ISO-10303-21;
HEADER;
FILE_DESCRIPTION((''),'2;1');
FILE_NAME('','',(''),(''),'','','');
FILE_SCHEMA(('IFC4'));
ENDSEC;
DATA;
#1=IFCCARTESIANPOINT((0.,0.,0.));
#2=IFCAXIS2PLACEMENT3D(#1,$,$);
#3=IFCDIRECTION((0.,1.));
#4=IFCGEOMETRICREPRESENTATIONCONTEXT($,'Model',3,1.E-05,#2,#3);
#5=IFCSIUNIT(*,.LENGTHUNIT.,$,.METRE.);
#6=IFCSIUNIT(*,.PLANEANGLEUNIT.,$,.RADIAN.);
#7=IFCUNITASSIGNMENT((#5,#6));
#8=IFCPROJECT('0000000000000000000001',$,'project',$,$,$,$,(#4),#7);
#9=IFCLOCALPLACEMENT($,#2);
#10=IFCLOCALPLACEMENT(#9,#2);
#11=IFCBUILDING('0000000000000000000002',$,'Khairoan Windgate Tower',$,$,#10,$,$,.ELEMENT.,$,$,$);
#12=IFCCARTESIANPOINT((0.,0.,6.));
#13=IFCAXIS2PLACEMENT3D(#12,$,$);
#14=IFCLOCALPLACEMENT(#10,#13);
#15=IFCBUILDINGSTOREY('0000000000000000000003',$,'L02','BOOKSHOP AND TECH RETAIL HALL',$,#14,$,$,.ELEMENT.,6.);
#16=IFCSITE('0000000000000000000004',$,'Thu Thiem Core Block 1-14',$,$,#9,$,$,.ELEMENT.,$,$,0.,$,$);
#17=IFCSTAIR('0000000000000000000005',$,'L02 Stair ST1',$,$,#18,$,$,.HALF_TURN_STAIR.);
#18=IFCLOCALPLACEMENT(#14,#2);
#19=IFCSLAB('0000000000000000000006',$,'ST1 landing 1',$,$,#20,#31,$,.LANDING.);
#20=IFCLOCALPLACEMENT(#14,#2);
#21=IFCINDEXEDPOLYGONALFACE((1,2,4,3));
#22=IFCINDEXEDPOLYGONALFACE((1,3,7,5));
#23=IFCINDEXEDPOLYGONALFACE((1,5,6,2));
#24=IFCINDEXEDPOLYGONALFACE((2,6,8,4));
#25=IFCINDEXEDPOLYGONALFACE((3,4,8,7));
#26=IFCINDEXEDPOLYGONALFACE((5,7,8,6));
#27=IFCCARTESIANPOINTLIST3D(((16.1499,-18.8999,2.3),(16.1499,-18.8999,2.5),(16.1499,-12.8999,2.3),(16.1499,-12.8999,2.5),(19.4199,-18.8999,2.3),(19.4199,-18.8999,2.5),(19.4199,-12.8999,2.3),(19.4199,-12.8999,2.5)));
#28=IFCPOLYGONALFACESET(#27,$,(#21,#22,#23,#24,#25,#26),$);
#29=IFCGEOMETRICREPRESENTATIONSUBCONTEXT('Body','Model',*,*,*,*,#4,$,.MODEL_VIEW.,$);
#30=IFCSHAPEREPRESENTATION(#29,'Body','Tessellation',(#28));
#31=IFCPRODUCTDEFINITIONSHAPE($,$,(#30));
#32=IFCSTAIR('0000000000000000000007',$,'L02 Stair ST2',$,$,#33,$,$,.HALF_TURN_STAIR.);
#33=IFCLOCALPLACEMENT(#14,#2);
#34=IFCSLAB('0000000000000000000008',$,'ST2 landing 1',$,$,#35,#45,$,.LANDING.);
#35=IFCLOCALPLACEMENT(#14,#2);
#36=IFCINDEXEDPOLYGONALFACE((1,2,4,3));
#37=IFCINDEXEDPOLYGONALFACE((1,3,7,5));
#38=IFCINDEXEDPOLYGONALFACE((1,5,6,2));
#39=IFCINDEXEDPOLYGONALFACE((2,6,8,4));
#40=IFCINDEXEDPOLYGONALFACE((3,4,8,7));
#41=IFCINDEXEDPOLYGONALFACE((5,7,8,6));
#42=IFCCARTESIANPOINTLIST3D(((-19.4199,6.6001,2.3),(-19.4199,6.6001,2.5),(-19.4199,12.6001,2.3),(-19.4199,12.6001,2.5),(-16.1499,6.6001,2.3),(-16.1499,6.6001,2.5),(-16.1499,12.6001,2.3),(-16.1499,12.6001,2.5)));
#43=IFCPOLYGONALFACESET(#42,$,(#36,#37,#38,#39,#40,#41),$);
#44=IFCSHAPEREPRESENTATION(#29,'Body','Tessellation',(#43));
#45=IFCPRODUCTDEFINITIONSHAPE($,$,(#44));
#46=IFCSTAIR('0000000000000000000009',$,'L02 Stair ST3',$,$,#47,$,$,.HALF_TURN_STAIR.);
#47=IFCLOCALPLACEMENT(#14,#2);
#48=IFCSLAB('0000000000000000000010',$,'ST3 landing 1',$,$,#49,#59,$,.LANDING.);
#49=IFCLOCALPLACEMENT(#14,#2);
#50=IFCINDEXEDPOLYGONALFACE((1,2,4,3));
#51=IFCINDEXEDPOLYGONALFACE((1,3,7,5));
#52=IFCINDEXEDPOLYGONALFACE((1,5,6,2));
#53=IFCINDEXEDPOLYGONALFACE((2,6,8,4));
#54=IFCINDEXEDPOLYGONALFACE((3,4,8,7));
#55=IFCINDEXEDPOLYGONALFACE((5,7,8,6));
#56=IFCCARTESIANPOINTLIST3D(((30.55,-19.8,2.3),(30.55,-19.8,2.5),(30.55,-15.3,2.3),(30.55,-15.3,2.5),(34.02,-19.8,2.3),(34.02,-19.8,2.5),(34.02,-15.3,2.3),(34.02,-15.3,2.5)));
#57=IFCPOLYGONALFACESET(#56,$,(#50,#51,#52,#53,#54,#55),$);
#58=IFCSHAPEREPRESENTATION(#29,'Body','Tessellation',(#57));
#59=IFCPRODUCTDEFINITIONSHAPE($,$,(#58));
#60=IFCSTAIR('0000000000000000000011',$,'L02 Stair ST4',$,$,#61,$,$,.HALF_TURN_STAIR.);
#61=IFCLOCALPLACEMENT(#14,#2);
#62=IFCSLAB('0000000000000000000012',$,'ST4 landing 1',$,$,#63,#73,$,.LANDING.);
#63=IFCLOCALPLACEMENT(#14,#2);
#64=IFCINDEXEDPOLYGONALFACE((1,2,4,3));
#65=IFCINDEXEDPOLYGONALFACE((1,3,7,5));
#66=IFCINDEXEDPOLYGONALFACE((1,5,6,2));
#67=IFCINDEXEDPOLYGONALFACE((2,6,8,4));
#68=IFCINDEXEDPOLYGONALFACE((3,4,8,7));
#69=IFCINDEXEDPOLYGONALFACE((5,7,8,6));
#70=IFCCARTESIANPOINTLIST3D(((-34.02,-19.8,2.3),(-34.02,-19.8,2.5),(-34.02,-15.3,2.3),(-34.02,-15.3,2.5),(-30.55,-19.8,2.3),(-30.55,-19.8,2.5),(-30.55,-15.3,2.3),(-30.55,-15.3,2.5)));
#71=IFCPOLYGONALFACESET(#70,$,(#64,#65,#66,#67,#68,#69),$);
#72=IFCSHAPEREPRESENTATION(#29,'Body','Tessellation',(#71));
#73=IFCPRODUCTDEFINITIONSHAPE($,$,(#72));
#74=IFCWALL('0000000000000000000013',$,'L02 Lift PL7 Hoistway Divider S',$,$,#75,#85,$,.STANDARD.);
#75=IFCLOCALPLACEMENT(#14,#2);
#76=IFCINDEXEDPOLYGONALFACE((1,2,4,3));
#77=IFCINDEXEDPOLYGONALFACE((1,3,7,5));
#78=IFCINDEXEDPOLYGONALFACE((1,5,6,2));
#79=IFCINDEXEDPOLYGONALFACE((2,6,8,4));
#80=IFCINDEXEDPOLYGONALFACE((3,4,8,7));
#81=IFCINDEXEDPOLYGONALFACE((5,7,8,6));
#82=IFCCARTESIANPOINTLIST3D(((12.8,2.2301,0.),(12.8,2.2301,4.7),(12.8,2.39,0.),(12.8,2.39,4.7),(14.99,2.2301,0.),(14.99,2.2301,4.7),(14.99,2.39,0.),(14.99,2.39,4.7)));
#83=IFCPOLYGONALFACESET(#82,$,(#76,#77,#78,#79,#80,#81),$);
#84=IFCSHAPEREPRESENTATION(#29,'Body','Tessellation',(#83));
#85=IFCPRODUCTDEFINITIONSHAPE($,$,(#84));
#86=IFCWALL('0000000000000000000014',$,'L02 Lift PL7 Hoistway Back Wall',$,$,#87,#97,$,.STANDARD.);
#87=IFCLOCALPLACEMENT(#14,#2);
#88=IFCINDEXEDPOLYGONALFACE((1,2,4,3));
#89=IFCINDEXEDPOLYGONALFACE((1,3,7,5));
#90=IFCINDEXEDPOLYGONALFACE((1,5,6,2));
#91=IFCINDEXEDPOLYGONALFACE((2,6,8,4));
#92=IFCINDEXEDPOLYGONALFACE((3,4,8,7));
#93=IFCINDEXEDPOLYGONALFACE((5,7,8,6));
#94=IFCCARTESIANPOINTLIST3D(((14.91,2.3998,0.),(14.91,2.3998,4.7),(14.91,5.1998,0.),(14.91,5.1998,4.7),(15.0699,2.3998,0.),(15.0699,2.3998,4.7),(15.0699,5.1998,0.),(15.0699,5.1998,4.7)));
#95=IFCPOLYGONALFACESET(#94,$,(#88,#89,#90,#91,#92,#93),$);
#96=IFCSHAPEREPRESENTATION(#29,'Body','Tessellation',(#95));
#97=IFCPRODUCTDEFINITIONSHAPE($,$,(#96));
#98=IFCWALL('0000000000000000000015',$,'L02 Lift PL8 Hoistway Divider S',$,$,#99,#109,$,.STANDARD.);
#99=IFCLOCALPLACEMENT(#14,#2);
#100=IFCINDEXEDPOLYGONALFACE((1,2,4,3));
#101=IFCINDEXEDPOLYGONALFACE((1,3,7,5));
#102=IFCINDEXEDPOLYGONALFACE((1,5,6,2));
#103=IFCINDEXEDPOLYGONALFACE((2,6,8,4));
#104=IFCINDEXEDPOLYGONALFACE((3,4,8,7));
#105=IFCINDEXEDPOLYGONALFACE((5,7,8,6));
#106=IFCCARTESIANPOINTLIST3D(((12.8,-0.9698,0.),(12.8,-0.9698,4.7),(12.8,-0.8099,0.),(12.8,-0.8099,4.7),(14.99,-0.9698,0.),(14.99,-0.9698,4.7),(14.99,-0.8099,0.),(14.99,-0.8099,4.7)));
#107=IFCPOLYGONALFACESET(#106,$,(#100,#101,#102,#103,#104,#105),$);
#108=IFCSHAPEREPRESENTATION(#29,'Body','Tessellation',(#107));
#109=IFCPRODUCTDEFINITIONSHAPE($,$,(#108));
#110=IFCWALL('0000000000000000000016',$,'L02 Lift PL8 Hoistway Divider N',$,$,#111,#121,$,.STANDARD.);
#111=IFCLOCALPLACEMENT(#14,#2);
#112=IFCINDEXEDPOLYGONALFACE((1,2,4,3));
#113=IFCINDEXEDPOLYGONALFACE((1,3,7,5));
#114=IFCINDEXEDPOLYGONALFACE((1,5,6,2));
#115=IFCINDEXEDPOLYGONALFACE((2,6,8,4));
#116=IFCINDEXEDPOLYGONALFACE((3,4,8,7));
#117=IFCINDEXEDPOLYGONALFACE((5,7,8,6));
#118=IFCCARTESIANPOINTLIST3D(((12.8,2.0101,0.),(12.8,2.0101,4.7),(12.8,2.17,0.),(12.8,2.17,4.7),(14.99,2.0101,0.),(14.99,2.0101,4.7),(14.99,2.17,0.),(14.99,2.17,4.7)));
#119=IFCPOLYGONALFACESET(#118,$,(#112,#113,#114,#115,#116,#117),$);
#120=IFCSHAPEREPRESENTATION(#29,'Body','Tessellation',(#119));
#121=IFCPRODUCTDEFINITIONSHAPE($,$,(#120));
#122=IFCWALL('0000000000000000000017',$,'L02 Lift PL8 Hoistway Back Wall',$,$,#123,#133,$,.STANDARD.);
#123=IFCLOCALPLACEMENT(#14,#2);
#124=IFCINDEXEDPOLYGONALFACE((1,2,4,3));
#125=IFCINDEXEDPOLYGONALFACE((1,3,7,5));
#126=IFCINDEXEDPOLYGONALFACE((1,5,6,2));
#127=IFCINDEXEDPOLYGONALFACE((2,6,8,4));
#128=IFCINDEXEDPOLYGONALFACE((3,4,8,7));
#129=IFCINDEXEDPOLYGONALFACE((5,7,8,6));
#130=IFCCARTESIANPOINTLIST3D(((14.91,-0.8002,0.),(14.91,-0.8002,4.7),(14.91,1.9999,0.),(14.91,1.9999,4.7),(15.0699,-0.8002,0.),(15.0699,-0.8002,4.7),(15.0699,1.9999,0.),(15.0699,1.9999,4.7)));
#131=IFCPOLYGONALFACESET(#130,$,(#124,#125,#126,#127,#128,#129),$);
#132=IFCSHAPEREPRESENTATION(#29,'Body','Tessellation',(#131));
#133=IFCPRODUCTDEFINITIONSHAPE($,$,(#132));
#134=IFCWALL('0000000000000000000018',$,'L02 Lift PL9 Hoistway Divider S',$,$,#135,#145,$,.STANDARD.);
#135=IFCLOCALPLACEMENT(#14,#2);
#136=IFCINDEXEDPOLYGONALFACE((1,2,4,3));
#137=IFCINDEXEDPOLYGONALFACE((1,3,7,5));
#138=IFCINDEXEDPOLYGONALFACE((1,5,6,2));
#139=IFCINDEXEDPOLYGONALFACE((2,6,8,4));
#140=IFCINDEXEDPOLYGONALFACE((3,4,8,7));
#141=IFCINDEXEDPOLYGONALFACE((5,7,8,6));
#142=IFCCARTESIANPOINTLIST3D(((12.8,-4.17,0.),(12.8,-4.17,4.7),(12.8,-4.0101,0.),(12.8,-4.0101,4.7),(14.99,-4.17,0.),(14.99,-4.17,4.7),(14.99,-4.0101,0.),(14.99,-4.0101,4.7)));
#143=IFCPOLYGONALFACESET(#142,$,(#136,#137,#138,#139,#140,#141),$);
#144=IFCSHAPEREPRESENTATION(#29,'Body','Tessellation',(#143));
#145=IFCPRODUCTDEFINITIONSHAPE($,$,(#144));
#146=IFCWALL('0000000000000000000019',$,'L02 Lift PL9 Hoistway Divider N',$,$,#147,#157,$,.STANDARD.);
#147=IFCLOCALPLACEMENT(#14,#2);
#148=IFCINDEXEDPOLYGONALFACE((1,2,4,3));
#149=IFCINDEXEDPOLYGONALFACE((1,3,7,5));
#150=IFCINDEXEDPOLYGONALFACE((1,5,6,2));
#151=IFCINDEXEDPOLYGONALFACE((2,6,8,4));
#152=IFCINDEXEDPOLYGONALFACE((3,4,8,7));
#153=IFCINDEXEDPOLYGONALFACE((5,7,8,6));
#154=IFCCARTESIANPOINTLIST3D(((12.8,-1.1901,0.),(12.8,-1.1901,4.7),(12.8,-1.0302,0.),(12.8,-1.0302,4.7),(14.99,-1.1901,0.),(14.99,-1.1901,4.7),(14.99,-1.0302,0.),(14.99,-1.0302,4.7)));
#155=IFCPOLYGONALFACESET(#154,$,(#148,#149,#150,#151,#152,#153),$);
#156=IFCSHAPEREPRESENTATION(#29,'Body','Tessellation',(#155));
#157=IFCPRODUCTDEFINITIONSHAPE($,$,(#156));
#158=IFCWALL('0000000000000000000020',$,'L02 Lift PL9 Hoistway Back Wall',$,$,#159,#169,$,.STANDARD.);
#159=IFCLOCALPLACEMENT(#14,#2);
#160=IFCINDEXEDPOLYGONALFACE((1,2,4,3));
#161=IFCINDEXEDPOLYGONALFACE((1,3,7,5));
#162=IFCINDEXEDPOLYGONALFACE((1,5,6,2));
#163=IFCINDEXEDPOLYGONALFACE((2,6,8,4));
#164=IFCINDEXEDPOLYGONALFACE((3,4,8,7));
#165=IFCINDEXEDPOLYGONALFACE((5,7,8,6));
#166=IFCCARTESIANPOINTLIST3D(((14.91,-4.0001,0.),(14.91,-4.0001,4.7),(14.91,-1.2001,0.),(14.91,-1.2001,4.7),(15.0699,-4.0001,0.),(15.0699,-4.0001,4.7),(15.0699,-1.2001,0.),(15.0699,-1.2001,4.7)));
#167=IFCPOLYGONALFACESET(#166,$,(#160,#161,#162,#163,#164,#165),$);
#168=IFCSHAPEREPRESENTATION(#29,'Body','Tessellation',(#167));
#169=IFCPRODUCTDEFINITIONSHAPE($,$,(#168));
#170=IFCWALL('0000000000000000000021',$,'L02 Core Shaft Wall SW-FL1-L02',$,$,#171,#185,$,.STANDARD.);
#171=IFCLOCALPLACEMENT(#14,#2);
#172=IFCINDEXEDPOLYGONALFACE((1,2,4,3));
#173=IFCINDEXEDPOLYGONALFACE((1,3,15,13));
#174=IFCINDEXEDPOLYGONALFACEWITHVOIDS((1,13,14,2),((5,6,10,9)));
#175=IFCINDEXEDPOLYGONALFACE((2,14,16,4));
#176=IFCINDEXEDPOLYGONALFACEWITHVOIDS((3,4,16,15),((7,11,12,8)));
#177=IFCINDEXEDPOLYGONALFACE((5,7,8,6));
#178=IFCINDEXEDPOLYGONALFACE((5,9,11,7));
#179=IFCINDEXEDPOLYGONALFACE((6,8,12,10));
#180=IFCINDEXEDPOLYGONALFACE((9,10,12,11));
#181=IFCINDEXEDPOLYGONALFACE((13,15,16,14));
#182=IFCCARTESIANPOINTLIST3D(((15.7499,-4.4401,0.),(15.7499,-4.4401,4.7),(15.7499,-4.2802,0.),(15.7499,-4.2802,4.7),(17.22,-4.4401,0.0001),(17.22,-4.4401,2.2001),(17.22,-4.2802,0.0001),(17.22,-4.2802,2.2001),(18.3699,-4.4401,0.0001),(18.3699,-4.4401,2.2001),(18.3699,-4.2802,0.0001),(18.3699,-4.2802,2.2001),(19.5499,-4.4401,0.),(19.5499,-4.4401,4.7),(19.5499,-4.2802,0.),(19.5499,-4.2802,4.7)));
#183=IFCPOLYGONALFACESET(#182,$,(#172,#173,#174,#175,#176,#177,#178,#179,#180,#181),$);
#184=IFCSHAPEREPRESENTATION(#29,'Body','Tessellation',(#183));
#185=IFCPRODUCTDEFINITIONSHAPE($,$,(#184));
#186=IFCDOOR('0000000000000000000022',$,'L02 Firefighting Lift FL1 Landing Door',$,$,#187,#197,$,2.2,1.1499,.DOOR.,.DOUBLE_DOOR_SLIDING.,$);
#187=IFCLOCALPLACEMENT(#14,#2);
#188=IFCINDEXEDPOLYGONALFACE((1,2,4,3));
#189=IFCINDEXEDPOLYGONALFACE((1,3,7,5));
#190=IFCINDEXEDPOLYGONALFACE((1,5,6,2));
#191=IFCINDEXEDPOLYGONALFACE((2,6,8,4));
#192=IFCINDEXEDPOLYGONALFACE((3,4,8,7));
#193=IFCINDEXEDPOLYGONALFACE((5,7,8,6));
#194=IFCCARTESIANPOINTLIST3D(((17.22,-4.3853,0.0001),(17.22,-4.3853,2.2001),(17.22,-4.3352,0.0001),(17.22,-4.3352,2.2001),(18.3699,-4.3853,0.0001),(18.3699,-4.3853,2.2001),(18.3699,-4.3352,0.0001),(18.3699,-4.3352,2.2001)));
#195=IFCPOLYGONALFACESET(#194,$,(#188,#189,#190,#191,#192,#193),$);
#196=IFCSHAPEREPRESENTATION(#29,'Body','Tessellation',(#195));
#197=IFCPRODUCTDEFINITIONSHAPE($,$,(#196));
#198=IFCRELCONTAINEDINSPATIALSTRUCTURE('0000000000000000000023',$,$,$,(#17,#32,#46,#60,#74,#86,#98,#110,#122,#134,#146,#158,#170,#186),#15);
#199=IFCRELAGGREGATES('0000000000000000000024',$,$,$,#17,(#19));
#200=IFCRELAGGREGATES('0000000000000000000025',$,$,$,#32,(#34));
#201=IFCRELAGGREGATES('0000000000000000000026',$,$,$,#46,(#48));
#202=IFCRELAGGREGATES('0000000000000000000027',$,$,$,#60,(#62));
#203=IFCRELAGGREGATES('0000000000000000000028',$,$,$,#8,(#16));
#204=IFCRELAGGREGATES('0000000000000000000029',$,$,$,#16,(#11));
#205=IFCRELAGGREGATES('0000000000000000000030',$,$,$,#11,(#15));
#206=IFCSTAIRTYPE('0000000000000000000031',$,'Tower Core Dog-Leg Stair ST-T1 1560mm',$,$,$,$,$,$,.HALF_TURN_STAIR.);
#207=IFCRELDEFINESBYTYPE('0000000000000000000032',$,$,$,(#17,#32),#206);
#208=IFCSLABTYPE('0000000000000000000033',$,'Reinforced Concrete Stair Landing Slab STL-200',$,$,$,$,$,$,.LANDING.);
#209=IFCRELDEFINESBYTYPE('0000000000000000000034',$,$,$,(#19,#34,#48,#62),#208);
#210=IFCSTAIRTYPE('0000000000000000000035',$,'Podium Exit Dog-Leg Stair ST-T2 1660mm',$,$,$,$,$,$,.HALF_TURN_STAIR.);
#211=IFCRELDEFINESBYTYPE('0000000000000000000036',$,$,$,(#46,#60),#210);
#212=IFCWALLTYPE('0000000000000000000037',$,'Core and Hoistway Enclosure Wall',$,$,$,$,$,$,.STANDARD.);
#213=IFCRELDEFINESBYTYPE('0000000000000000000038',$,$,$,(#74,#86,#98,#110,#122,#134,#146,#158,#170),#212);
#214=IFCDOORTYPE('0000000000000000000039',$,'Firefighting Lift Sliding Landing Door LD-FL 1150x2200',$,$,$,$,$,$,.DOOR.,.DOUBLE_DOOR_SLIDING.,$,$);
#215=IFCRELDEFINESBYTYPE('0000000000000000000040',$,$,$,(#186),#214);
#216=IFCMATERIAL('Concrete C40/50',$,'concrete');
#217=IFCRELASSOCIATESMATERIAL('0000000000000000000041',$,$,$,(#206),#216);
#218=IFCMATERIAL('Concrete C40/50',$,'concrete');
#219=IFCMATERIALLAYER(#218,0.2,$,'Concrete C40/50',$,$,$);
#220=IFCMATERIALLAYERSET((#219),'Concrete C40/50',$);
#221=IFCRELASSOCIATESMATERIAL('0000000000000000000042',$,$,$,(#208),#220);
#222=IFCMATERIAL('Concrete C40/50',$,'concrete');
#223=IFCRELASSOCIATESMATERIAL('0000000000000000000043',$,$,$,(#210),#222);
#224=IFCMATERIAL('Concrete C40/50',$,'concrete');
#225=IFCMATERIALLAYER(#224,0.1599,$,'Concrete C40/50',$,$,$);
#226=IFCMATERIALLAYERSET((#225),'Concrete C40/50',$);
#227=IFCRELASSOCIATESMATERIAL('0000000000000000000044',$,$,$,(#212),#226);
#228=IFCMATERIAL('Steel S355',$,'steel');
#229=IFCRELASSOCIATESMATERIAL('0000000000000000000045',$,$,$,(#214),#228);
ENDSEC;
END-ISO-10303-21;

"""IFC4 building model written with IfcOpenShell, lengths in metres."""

from ifc_helpers import new_model, si_unit, direction, frame, frame_2d, origin, place, context, subcontext, project, spatial, polyline, rectangle, outline, extrude, material, layer, layer_set, type_object, element, fill, aggregate, save


model = new_model("IFC4")

# Units and contexts
model_context = context("Model", 3, precision=1e-05, world=origin(), true_north=direction((0.0, 1.0)))
body_context = subcontext(model_context, "Body", "Model", "MODEL_VIEW")
ifc_project = project(units=[si_unit("LENGTHUNIT", "METRE"), si_unit("PLANEANGLEUNIT", "RADIAN")], contexts=[model_context])

# Site, building, storey
site_placement = place(None, origin())
site = spatial("IfcSite", under=ifc_project, at=site_placement, Name="Thu Thiem Core Block 1-14", CompositionType="ELEMENT", RefElevation=0.0)
building_placement = place(site_placement, origin())
building = spatial("IfcBuilding", under=site, at=building_placement, Name="Khairoan Windgate Tower", CompositionType="ELEMENT")
storey_placement = place(building_placement, frame((0.0, 0.0, 6.0)))
storey = spatial("IfcBuildingStorey", under=building, at=storey_placement, Name="L02", Description="BOOKSHOP AND TECH RETAIL HALL", CompositionType="ELEMENT", Elevation=6.0)

# Stairs, slabs
ifc_material_1 = material(Name="Concrete C40/50", Category="concrete")
stair_type_1 = type_object("IfcStairType", Name="Tower Core Dog-Leg Stair ST-T1 1560mm", PredefinedType="HALF_TURN_STAIR", material=ifc_material_1)
stair_1_placement = place(storey_placement, origin())
stair_1 = element("IfcStair", 1, at=stair_1_placement, inside=storey, type_object=stair_type_1, Name="L02 Stair ST1", PredefinedType="HALF_TURN_STAIR")
ifc_material_2 = material(Name="Concrete C40/50", Category="concrete")
ifc_layer_1 = layer(ifc_material_2, 0.2, Name="Concrete C40/50")
ifc_layer_set_1 = layer_set([ifc_layer_1], Name="Concrete C40/50")
slab_type_1 = type_object("IfcSlabType", Name="Reinforced Concrete Stair Landing Slab STL-200", PredefinedType="LANDING", material=ifc_layer_set_1)
slab_1_placement = place(storey_placement, frame((0.0, 0.0, 2.3)))
slab_1 = element("IfcSlab", 2, at=slab_1_placement, type_object=slab_type_1, Name="ST1 landing 1", PredefinedType="LANDING", context=body_context, shape_type="SweptSolid", body=[
    extrude(outline(polyline([(16.1499, -12.8999), (16.1499, -18.8999), (19.4199, -18.8999), (19.4199, -12.8999), (16.1499, -12.8999)])), origin(), (0.0, 0.0, 1.0), 0.2),
])
aggregate(stair_1, [slab_1])
stair_2_placement = place(storey_placement, origin())
stair_2 = element("IfcStair", 3, at=stair_2_placement, inside=storey, type_object=stair_type_1, Name="L02 Stair ST2", PredefinedType="HALF_TURN_STAIR")
slab_2_placement = place(storey_placement, frame((0.0, 0.0, 2.3)))
slab_2 = element("IfcSlab", 4, at=slab_2_placement, type_object=slab_type_1, Name="ST2 landing 1", PredefinedType="LANDING", context=body_context, shape_type="SweptSolid", body=[
    extrude(outline(polyline([(-16.1499, 6.6001), (-16.1499, 12.6001), (-19.4199, 12.6001), (-19.4199, 6.6001), (-16.1499, 6.6001)])), origin(), (0.0, 0.0, 1.0), 0.2),
])
aggregate(stair_2, [slab_2])
ifc_material_3 = material(Name="Concrete C40/50", Category="concrete")
stair_type_2 = type_object("IfcStairType", Name="Podium Exit Dog-Leg Stair ST-T2 1660mm", PredefinedType="HALF_TURN_STAIR", material=ifc_material_3)
stair_3_placement = place(storey_placement, origin())
stair_3 = element("IfcStair", 5, at=stair_3_placement, inside=storey, type_object=stair_type_2, Name="L02 Stair ST3", PredefinedType="HALF_TURN_STAIR")
slab_3_placement = place(storey_placement, frame((0.0, 0.0, 2.3)))
slab_3 = element("IfcSlab", 6, at=slab_3_placement, type_object=slab_type_1, Name="ST3 landing 1", PredefinedType="LANDING", context=body_context, shape_type="SweptSolid", body=[
    extrude(outline(polyline([(30.55, -15.3), (30.55, -19.8), (34.02, -19.8), (34.02, -15.3), (30.55, -15.3)])), origin(), (0.0, 0.0, 1.0), 0.2),
])
aggregate(stair_3, [slab_3])
stair_4_placement = place(storey_placement, origin())
stair_4 = element("IfcStair", 7, at=stair_4_placement, inside=storey, type_object=stair_type_2, Name="L02 Stair ST4", PredefinedType="HALF_TURN_STAIR")
slab_4_placement = place(storey_placement, frame((0.0, 0.0, 2.3)))
slab_4 = element("IfcSlab", 8, at=slab_4_placement, type_object=slab_type_1, Name="ST4 landing 1", PredefinedType="LANDING", context=body_context, shape_type="SweptSolid", body=[
    extrude(outline(polyline([(-34.02, -15.3), (-34.02, -19.8), (-30.55, -19.8), (-30.55, -15.3), (-34.02, -15.3)])), origin(), (0.0, 0.0, 1.0), 0.2),
])
aggregate(stair_4, [slab_4])

# Walls
ifc_material_4 = material(Name="Concrete C40/50", Category="concrete")
ifc_layer_2 = layer(ifc_material_4, 0.1599, Name="Concrete C40/50")
ifc_layer_set_2 = layer_set([ifc_layer_2], Name="Concrete C40/50")
wall_type_1 = type_object("IfcWallType", Name="Core and Hoistway Enclosure Wall", PredefinedType="STANDARD", material=ifc_layer_set_2)
wall_1_placement = place(storey_placement, frame((12.8, 2.3101, 0.0), z_axis=(0.0, 0.0, 1.0), x_axis=(1.0, 0.0, 0.0)))
element("IfcWall", 9, at=wall_1_placement, inside=storey, type_object=wall_type_1, Name="L02 Lift PL7 Hoistway Divider S", PredefinedType="STANDARD", context=body_context, shape_type="SweptSolid", body=[
    extrude(rectangle(XDim=2.1899, YDim=0.1599, at=frame_2d((1.095, 0.0))), origin(), (0.0, 0.0, 1.0), 4.7),
])
wall_2_placement = place(storey_placement, frame((14.99, 2.3999, 0.0), z_axis=(0.0, 0.0, 1.0), x_axis=(0.0, 1.0, 0.0)))
element("IfcWall", 10, at=wall_2_placement, inside=storey, type_object=wall_type_1, Name="L02 Lift PL7 Hoistway Back Wall", PredefinedType="STANDARD", context=body_context, shape_type="SweptSolid", body=[
    extrude(rectangle(XDim=2.8, YDim=0.1599, at=frame_2d((1.3999, 0.0))), origin(), (0.0, 0.0, 1.0), 4.7),
])
for number, where, z_axis, x_axis, name in (
    (11, (12.8, -0.8899, 0.0), (0.0, 0.0, 1.0), (1.0, 0.0, 0.0), "L02 Lift PL8 Hoistway Divider S"),
    (12, (12.8, 2.0901, 0.0), (0.0, 0.0, 1.0), (1.0, 0.0, 0.0), "L02 Lift PL8 Hoistway Divider N"),
):
    element("IfcWall", number, at=place(storey_placement, frame(where, z_axis=z_axis, x_axis=x_axis)), inside=storey, type_object=wall_type_1, Name=name, PredefinedType="STANDARD", context=body_context, shape_type="SweptSolid", body=[
        extrude(rectangle(XDim=2.1899, YDim=0.1599, at=frame_2d((1.095, 0.0))), origin(), (0.0, 0.0, 1.0), 4.7),
    ])
wall_3_placement = place(storey_placement, frame((14.99, -0.8, 0.0), z_axis=(0.0, 0.0, 1.0), x_axis=(0.0, 1.0, 0.0)))
element("IfcWall", 13, at=wall_3_placement, inside=storey, type_object=wall_type_1, Name="L02 Lift PL8 Hoistway Back Wall", PredefinedType="STANDARD", context=body_context, shape_type="SweptSolid", body=[
    extrude(rectangle(XDim=2.8, YDim=0.1599, at=frame_2d((1.3999, 0.0))), origin(), (0.0, 0.0, 1.0), 4.7),
])
for number, where, z_axis, x_axis, name in (
    (14, (12.8, -4.0901, 0.0), (0.0, 0.0, 1.0), (1.0, 0.0, 0.0), "L02 Lift PL9 Hoistway Divider S"),
    (15, (12.8, -1.1101, 0.0), (0.0, 0.0, 1.0), (1.0, 0.0, 0.0), "L02 Lift PL9 Hoistway Divider N"),
):
    element("IfcWall", number, at=place(storey_placement, frame(where, z_axis=z_axis, x_axis=x_axis)), inside=storey, type_object=wall_type_1, Name=name, PredefinedType="STANDARD", context=body_context, shape_type="SweptSolid", body=[
        extrude(rectangle(XDim=2.1899, YDim=0.1599, at=frame_2d((1.095, 0.0))), origin(), (0.0, 0.0, 1.0), 4.7),
    ])
wall_4_placement = place(storey_placement, frame((14.99, -4.0, 0.0), z_axis=(0.0, 0.0, 1.0), x_axis=(0.0, 1.0, 0.0)))
element("IfcWall", 16, at=wall_4_placement, inside=storey, type_object=wall_type_1, Name="L02 Lift PL9 Hoistway Back Wall", PredefinedType="STANDARD", context=body_context, shape_type="SweptSolid", body=[
    extrude(rectangle(XDim=2.8, YDim=0.1599, at=frame_2d((1.3999, 0.0))), origin(), (0.0, 0.0, 1.0), 4.7),
])

# Wall, opening, door
wall_5_placement = place(storey_placement, frame((15.75, -4.3601, 0.0), z_axis=(0.0, 0.0, 1.0), x_axis=(1.0, 0.0, 0.0)))
wall_5 = element("IfcWall", 17, at=wall_5_placement, inside=storey, type_object=wall_type_1, Name="L02 Core Shaft Wall SW-FL1-L02", PredefinedType="STANDARD", context=body_context, shape_type="SweptSolid", body=[
    extrude(rectangle(XDim=3.8, YDim=0.1599, at=frame_2d((1.8999, 0.0))), origin(), (0.0, 0.0, 1.0), 4.7),
])
opening_1_placement = place(wall_5_placement, frame((1.47, 0.0, 0.0)))
opening_1 = element("IfcOpeningElement", 18, at=opening_1_placement, cuts=wall_5, PredefinedType="OPENING", context=body_context, shape_type="SweptSolid", body=[
    extrude(rectangle(XDim=1.1499, YDim=2.2, at=frame_2d((0.575, 1.1001))), frame((0.0, 0.0898, 0.0), z_axis=(0.0, -1.0, 0.0), x_axis=(1.0, 0.0, 0.0)), (0.0, 0.0, 1.0), 0.1799),
])
ifc_material_5 = material(Name="Steel S355", Category="steel")
door_type_1 = type_object("IfcDoorType", Name="Firefighting Lift Sliding Landing Door LD-FL 1150x2200", OperationType="DOUBLE_DOOR_SLIDING", PredefinedType="DOOR", material=ifc_material_5)
door_1_placement = place(opening_1_placement, origin())
door_1 = element("IfcDoor", 19, at=door_1_placement, inside=storey, type_object=door_type_1, Name="L02 Firefighting Lift FL1 Landing Door", OperationType="DOUBLE_DOOR_SLIDING", OverallHeight=2.2, OverallWidth=1.1499, PredefinedType="DOOR", context=body_context, shape_type="SweptSolid", body=[
    extrude(rectangle(XDim=1.1499, YDim=2.2, at=frame_2d((0.575, 1.1001))), frame((0.0, 0.0249, 0.0), z_axis=(0.0, -1.0, 0.0), x_axis=(1.0, 0.0, 0.0)), (0.0, 0.0, 1.0), 0.05),
])
fill(opening_1, door_1)

save(model, "model.ifc")
